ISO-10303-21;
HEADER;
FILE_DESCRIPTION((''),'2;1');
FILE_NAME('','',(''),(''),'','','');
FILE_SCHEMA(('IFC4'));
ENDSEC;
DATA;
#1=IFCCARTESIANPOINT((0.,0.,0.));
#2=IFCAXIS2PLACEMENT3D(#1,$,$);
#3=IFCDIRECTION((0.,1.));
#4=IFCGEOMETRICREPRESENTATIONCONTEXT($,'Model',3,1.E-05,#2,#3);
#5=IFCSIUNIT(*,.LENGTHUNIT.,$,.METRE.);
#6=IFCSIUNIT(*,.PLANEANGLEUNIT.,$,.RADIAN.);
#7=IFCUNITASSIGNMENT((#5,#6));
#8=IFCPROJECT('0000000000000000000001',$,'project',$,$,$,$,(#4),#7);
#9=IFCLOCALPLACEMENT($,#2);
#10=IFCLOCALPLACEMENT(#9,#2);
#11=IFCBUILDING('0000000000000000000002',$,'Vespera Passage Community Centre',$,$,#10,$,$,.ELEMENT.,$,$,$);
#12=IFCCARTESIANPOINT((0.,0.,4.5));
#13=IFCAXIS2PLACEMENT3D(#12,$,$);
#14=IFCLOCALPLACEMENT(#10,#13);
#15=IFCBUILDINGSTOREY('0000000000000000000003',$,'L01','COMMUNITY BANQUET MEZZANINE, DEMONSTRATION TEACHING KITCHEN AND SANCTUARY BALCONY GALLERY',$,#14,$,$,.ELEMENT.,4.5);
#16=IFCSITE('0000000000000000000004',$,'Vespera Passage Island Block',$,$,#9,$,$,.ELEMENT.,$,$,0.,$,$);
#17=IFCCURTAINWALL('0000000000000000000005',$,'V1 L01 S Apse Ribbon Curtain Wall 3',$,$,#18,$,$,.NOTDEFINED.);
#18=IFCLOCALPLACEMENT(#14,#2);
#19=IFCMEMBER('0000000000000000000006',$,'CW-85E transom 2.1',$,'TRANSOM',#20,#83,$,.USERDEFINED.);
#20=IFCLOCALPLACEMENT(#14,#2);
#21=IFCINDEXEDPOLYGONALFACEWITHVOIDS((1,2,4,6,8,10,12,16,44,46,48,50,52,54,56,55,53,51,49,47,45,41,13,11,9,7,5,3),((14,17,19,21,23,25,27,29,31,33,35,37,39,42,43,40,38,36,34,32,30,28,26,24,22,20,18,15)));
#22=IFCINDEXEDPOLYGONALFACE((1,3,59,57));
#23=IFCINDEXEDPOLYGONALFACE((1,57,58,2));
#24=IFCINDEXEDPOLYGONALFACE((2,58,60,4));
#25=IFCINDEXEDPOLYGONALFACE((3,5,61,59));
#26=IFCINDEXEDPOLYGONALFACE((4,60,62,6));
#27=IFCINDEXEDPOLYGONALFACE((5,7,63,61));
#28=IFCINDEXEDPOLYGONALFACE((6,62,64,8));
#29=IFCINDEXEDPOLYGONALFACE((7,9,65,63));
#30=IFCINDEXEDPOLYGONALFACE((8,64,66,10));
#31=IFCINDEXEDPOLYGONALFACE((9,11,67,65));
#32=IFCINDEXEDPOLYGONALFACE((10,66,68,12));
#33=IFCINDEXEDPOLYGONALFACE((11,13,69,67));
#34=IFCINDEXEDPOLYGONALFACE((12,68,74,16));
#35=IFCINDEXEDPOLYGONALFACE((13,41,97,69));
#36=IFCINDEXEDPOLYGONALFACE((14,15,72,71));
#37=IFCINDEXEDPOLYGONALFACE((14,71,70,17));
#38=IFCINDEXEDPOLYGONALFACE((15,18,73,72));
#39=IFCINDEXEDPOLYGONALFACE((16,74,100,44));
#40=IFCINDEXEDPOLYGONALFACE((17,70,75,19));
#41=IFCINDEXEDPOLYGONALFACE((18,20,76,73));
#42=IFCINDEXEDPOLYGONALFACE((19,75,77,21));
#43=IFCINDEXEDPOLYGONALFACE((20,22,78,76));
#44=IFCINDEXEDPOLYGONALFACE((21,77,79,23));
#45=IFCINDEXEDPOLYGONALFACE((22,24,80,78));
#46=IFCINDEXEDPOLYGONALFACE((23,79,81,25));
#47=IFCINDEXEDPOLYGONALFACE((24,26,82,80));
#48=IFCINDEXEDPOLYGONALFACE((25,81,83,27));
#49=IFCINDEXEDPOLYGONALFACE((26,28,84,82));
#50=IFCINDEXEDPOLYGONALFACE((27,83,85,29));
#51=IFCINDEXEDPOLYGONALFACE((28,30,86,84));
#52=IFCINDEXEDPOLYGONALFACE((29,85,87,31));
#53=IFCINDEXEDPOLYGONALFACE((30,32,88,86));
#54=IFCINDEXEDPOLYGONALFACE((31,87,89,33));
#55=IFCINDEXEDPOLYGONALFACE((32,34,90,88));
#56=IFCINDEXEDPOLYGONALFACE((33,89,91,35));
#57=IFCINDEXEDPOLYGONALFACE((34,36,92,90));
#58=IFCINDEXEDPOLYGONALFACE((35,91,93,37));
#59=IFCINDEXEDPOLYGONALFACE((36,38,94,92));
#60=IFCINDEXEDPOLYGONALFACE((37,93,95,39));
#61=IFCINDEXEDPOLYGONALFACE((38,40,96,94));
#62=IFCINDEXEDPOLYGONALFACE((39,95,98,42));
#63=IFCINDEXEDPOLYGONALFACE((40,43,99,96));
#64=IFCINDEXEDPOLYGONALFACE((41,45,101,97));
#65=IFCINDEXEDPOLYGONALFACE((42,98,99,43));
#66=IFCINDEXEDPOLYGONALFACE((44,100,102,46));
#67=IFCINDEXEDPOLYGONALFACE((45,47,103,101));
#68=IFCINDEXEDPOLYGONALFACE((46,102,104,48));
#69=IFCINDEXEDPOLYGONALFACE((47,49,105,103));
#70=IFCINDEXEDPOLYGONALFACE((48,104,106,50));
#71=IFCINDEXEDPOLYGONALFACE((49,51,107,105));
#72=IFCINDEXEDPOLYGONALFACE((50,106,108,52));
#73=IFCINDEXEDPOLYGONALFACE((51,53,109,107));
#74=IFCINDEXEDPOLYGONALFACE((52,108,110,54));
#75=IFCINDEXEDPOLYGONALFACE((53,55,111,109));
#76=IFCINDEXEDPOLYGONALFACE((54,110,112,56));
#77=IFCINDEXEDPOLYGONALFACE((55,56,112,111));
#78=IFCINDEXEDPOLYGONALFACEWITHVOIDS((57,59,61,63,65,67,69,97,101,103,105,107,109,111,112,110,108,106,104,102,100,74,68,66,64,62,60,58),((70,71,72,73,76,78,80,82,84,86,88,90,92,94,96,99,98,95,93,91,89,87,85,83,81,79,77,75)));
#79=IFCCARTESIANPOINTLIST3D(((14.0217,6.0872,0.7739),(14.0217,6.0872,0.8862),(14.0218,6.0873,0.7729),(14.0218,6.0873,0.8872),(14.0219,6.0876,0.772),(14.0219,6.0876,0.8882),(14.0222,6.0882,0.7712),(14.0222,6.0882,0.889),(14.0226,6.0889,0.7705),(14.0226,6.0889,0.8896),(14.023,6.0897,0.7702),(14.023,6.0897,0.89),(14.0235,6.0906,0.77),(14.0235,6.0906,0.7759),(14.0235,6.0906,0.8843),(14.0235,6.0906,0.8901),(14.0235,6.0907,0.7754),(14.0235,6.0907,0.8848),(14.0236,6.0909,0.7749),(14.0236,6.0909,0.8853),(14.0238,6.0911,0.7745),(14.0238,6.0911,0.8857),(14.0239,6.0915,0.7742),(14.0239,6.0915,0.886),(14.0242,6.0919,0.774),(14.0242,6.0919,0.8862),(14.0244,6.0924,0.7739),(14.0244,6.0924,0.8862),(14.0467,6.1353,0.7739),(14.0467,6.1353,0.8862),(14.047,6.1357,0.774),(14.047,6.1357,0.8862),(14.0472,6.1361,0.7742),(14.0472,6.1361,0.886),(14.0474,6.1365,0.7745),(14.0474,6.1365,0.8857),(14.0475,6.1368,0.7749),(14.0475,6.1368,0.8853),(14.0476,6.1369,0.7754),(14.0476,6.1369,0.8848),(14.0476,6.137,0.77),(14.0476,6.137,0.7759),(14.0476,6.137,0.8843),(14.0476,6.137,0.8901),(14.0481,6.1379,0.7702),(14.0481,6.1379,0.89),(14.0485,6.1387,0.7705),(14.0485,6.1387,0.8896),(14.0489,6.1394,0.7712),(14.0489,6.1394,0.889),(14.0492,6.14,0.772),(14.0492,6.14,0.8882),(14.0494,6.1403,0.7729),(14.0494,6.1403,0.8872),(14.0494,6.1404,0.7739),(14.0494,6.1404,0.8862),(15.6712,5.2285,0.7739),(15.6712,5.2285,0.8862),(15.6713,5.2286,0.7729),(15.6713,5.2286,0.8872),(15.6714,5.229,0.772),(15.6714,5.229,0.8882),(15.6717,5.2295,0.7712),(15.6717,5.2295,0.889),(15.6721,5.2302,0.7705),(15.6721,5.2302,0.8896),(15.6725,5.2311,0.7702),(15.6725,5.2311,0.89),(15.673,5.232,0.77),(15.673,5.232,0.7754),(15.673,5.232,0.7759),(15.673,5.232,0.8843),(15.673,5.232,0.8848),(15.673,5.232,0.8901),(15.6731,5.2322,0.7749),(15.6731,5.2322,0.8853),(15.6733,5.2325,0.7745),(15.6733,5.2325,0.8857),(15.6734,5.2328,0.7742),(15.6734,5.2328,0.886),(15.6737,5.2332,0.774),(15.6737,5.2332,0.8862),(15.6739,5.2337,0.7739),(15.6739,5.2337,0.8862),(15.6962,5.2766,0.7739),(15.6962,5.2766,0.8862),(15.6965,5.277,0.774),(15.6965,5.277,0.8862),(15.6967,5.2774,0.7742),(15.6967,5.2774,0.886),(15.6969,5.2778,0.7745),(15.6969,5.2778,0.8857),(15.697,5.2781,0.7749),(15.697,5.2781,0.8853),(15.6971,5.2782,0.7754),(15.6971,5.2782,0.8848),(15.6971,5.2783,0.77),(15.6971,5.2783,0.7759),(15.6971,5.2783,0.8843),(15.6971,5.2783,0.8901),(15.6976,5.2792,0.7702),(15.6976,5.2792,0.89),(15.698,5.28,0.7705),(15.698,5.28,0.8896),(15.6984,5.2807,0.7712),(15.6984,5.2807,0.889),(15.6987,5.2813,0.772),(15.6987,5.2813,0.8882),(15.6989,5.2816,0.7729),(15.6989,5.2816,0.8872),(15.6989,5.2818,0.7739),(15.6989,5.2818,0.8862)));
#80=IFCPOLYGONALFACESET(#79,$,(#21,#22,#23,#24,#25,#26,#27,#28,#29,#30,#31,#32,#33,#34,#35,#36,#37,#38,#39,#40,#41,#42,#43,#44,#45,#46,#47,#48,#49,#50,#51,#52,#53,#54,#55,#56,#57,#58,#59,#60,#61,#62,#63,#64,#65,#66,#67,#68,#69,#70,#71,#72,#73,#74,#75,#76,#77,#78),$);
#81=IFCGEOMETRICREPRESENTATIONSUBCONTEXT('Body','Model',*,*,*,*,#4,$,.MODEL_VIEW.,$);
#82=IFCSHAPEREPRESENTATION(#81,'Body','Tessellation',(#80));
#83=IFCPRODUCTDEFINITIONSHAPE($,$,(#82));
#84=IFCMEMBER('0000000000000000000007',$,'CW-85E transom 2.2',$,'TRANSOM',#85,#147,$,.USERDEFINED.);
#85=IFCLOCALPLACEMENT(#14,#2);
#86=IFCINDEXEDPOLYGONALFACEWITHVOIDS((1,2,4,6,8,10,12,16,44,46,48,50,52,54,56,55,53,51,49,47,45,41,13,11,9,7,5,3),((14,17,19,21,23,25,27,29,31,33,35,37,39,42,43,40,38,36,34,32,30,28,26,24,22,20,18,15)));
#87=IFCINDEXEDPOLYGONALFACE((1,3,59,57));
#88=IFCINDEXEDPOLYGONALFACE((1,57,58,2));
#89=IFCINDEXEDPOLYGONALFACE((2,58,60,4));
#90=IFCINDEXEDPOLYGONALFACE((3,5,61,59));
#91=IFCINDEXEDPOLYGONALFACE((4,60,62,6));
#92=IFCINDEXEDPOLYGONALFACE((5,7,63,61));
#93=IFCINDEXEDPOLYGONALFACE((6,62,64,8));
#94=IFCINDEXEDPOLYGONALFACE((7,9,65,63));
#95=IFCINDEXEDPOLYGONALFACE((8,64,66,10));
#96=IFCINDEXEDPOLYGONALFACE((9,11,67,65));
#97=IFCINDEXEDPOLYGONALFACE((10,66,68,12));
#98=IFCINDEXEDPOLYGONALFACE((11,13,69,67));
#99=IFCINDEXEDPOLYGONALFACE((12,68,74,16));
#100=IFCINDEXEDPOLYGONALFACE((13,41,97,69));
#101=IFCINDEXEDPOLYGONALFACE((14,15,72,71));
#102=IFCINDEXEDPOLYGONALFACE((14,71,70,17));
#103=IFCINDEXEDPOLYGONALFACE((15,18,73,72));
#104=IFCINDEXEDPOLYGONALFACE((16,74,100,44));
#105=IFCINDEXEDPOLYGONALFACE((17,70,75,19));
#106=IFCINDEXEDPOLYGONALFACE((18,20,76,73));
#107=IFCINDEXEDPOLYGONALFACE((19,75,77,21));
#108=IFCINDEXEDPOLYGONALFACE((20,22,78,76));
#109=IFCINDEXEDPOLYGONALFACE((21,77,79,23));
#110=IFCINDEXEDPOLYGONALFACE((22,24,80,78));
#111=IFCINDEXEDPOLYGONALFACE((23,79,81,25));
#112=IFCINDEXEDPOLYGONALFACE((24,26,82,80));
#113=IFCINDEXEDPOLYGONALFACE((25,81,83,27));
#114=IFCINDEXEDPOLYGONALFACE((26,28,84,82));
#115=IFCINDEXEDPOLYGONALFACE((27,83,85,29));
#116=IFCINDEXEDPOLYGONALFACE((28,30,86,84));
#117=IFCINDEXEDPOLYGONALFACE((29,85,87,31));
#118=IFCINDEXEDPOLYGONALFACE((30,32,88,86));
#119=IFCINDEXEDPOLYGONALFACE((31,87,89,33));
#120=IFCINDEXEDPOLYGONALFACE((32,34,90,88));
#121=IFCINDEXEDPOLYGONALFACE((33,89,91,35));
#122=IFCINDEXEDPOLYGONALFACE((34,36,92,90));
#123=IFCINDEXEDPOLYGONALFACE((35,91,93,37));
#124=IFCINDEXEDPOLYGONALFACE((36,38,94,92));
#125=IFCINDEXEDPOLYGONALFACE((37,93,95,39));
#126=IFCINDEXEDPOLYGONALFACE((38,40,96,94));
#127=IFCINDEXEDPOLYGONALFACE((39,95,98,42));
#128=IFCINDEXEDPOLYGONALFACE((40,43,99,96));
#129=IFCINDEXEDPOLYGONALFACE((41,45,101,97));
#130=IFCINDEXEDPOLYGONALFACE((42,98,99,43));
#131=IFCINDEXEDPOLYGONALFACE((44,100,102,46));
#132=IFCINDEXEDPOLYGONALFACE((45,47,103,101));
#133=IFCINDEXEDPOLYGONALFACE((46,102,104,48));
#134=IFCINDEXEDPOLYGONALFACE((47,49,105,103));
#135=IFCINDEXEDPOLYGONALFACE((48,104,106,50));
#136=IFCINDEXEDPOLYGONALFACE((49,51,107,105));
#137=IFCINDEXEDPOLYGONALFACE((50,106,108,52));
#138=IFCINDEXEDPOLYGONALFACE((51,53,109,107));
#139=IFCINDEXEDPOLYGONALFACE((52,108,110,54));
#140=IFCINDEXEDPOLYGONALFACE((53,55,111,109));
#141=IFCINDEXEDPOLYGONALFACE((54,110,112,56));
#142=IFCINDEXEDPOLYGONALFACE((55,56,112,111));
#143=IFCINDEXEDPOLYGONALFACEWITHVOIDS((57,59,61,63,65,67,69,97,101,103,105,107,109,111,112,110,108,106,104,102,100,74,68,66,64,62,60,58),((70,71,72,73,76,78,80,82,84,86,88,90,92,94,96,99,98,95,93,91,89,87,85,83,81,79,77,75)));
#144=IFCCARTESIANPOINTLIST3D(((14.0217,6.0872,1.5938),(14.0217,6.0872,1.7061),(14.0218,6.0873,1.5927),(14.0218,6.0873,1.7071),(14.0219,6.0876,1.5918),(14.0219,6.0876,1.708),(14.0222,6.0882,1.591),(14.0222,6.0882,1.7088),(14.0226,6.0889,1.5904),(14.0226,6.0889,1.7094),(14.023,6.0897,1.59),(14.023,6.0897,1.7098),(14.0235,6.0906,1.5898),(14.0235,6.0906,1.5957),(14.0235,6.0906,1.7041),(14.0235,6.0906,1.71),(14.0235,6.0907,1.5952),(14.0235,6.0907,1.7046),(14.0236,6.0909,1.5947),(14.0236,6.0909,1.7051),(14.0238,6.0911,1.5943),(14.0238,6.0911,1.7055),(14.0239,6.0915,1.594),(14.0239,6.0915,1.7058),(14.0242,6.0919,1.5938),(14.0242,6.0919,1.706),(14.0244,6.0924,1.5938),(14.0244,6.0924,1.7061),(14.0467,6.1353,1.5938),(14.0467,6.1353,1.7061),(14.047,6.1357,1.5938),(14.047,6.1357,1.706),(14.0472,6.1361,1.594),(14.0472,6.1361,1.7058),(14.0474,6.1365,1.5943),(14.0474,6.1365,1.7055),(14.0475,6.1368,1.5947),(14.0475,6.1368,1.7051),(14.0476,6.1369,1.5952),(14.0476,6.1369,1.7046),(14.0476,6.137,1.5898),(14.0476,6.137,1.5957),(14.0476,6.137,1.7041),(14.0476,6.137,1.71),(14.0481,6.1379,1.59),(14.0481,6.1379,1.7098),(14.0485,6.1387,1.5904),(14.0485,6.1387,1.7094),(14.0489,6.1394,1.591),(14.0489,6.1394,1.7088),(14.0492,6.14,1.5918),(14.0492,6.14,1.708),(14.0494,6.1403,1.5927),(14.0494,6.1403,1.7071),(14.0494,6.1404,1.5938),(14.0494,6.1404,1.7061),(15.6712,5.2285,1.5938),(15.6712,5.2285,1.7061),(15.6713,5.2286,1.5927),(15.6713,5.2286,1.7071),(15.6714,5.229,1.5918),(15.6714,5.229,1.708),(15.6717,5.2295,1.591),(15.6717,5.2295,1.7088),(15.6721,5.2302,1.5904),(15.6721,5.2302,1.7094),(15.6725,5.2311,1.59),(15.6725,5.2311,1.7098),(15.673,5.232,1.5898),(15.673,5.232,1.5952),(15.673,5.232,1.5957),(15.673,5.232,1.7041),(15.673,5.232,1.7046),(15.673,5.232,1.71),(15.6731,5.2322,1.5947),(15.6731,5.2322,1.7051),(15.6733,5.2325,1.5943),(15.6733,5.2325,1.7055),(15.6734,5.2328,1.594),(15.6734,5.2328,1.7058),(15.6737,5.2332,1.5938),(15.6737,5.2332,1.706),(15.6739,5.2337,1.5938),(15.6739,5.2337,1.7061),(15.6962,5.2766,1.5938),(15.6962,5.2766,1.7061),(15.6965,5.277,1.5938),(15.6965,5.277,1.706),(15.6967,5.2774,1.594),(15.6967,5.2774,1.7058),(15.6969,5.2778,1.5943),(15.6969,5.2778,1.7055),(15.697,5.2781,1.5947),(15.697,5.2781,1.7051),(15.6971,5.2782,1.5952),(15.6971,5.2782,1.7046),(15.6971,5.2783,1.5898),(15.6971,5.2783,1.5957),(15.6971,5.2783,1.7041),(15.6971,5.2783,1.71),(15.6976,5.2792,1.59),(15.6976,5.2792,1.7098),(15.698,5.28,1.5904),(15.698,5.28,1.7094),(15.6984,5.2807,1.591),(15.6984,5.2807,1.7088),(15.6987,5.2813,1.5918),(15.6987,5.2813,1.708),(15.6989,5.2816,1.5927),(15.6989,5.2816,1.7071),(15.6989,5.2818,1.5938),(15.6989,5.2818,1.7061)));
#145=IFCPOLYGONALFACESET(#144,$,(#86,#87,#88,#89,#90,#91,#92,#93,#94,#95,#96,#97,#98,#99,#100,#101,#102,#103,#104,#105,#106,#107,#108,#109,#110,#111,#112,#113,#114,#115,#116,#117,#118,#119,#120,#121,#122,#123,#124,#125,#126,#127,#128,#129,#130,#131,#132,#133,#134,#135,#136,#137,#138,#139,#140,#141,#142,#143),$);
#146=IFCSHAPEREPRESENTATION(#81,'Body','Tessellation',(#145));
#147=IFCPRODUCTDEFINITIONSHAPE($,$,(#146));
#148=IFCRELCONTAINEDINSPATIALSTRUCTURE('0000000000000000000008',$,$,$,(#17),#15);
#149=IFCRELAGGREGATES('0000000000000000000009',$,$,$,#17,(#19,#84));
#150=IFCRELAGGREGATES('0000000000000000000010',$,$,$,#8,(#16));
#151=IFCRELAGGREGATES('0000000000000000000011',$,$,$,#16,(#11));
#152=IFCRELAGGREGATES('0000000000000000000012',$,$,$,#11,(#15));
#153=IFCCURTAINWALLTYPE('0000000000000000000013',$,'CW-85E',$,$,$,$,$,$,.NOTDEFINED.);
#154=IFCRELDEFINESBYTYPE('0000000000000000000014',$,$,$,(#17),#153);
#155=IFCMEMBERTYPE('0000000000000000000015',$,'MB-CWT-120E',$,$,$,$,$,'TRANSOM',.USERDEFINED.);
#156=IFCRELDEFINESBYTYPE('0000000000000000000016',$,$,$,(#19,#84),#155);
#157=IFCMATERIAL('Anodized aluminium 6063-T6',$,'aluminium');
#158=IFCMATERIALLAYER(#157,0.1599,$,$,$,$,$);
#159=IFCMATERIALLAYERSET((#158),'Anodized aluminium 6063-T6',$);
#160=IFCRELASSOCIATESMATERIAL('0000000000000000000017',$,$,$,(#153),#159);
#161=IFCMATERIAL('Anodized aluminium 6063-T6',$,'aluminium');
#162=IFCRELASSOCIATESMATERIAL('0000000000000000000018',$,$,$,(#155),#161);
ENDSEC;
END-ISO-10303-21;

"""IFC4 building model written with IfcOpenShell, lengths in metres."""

from ifc_helpers import new_model, si_unit, direction, frame, origin, origin_2d, place, context, subcontext, project, spatial, hollow_rectangle, extrude, material, layer, layer_set, material_profile, profile_set, type_object, element, aggregate, save


model = new_model("IFC4")

# Units and contexts
model_context = context("Model", 3, precision=1e-05, world=origin(), true_north=direction((0.0, 1.0)))
body_context = subcontext(model_context, "Body", "Model", "MODEL_VIEW")
ifc_project = project(units=[si_unit("LENGTHUNIT", "METRE"), si_unit("PLANEANGLEUNIT", "RADIAN")], contexts=[model_context])

# Site, building, storey
site_placement = place(None, origin())
site = spatial("IfcSite", under=ifc_project, at=site_placement, Name="Vespera Passage Island Block", CompositionType="ELEMENT", RefElevation=0.0)
building_placement = place(site_placement, origin())
building = spatial("IfcBuilding", under=site, at=building_placement, Name="Vespera Passage Community Centre", CompositionType="ELEMENT")
storey_placement = place(building_placement, frame((0.0, 0.0, 4.5)))
storey = spatial("IfcBuildingStorey", under=building, at=storey_placement, Name="L01", Description="COMMUNITY BANQUET MEZZANINE, DEMONSTRATION TEACHING KITCHEN AND SANCTUARY BALCONY GALLERY", CompositionType="ELEMENT", Elevation=4.5)

# Shared definitions
ifc_material_1 = material(Name="Anodized aluminium 6063-T6", Category="aluminium")
ifc_layer_1 = layer(ifc_material_1, 0.1599)
ifc_layer_set_1 = layer_set([ifc_layer_1], Name="Anodized aluminium 6063-T6")
curtain_wall_type = type_object("IfcCurtainWallType", Name="CW-85E", PredefinedType="NOTDEFINED", material=ifc_layer_set_1)

# Curtain wall, members
curtain_wall_1_placement = place(storey_placement, origin())
curtain_wall_1 = element("IfcCurtainWall", 1, at=curtain_wall_1_placement, inside=storey, type_object=curtain_wall_type, Name="V1 L01 S Apse Ribbon Curtain Wall 3", PredefinedType="NOTDEFINED")
ifc_material_2 = material(Name="Anodized aluminium 6063-T6", Category="aluminium")
ifc_material_profile_1 = material_profile(ifc_material_2, hollow_rectangle(XDim=0.0601, YDim=0.1201, WallThickness=0.0039, InnerFilletRadius=0.002, OuterFilletRadius=0.0039, at=origin_2d()), Name="ALU120X60X4")
ifc_profile_set_1 = profile_set([ifc_material_profile_1], Name="Anodized aluminium 6063-T6")
member_type_1 = type_object("IfcMemberType", Name="MB-CWT-120E", ElementType="TRANSOM", PredefinedType="USERDEFINED", material=ifc_profile_set_1)
member_1_placement = place(storey_placement, frame((15.6851, 5.2551, 0.8301), z_axis=(-0.887008, 0.461754, 0.0), x_axis=(-0.461754, -0.887008, 0.0)))
member_1 = element("IfcMember", 2, at=member_1_placement, type_object=member_type_1, Name="CW-85E transom 2.1", ObjectType="TRANSOM", PredefinedType="USERDEFINED", context=body_context, shape_type="SweptSolid", body=[
    extrude(hollow_rectangle(XDim=0.0601, YDim=0.1201, WallThickness=0.0039, InnerFilletRadius=0.002, OuterFilletRadius=0.0039, at=origin_2d()), origin(), (0.0, 0.0, 1.0), 1.8596),
])
member_2_placement = place(storey_placement, frame((15.6851, 5.2551, 1.6499), z_axis=(-0.887008, 0.461754, 0.0), x_axis=(-0.461754, -0.887008, 0.0)))
member_2 = element("IfcMember", 3, at=member_2_placement, type_object=member_type_1, Name="CW-85E transom 2.2", ObjectType="TRANSOM", PredefinedType="USERDEFINED", context=body_context, shape_type="SweptSolid", body=[
    extrude(hollow_rectangle(XDim=0.0601, YDim=0.1201, WallThickness=0.0039, InnerFilletRadius=0.002, OuterFilletRadius=0.0039, at=origin_2d()), origin(), (0.0, 0.0, 1.0), 1.8596),
])

aggregate(curtain_wall_1, [member_1, member_2])

save(model, "model.ifc")
